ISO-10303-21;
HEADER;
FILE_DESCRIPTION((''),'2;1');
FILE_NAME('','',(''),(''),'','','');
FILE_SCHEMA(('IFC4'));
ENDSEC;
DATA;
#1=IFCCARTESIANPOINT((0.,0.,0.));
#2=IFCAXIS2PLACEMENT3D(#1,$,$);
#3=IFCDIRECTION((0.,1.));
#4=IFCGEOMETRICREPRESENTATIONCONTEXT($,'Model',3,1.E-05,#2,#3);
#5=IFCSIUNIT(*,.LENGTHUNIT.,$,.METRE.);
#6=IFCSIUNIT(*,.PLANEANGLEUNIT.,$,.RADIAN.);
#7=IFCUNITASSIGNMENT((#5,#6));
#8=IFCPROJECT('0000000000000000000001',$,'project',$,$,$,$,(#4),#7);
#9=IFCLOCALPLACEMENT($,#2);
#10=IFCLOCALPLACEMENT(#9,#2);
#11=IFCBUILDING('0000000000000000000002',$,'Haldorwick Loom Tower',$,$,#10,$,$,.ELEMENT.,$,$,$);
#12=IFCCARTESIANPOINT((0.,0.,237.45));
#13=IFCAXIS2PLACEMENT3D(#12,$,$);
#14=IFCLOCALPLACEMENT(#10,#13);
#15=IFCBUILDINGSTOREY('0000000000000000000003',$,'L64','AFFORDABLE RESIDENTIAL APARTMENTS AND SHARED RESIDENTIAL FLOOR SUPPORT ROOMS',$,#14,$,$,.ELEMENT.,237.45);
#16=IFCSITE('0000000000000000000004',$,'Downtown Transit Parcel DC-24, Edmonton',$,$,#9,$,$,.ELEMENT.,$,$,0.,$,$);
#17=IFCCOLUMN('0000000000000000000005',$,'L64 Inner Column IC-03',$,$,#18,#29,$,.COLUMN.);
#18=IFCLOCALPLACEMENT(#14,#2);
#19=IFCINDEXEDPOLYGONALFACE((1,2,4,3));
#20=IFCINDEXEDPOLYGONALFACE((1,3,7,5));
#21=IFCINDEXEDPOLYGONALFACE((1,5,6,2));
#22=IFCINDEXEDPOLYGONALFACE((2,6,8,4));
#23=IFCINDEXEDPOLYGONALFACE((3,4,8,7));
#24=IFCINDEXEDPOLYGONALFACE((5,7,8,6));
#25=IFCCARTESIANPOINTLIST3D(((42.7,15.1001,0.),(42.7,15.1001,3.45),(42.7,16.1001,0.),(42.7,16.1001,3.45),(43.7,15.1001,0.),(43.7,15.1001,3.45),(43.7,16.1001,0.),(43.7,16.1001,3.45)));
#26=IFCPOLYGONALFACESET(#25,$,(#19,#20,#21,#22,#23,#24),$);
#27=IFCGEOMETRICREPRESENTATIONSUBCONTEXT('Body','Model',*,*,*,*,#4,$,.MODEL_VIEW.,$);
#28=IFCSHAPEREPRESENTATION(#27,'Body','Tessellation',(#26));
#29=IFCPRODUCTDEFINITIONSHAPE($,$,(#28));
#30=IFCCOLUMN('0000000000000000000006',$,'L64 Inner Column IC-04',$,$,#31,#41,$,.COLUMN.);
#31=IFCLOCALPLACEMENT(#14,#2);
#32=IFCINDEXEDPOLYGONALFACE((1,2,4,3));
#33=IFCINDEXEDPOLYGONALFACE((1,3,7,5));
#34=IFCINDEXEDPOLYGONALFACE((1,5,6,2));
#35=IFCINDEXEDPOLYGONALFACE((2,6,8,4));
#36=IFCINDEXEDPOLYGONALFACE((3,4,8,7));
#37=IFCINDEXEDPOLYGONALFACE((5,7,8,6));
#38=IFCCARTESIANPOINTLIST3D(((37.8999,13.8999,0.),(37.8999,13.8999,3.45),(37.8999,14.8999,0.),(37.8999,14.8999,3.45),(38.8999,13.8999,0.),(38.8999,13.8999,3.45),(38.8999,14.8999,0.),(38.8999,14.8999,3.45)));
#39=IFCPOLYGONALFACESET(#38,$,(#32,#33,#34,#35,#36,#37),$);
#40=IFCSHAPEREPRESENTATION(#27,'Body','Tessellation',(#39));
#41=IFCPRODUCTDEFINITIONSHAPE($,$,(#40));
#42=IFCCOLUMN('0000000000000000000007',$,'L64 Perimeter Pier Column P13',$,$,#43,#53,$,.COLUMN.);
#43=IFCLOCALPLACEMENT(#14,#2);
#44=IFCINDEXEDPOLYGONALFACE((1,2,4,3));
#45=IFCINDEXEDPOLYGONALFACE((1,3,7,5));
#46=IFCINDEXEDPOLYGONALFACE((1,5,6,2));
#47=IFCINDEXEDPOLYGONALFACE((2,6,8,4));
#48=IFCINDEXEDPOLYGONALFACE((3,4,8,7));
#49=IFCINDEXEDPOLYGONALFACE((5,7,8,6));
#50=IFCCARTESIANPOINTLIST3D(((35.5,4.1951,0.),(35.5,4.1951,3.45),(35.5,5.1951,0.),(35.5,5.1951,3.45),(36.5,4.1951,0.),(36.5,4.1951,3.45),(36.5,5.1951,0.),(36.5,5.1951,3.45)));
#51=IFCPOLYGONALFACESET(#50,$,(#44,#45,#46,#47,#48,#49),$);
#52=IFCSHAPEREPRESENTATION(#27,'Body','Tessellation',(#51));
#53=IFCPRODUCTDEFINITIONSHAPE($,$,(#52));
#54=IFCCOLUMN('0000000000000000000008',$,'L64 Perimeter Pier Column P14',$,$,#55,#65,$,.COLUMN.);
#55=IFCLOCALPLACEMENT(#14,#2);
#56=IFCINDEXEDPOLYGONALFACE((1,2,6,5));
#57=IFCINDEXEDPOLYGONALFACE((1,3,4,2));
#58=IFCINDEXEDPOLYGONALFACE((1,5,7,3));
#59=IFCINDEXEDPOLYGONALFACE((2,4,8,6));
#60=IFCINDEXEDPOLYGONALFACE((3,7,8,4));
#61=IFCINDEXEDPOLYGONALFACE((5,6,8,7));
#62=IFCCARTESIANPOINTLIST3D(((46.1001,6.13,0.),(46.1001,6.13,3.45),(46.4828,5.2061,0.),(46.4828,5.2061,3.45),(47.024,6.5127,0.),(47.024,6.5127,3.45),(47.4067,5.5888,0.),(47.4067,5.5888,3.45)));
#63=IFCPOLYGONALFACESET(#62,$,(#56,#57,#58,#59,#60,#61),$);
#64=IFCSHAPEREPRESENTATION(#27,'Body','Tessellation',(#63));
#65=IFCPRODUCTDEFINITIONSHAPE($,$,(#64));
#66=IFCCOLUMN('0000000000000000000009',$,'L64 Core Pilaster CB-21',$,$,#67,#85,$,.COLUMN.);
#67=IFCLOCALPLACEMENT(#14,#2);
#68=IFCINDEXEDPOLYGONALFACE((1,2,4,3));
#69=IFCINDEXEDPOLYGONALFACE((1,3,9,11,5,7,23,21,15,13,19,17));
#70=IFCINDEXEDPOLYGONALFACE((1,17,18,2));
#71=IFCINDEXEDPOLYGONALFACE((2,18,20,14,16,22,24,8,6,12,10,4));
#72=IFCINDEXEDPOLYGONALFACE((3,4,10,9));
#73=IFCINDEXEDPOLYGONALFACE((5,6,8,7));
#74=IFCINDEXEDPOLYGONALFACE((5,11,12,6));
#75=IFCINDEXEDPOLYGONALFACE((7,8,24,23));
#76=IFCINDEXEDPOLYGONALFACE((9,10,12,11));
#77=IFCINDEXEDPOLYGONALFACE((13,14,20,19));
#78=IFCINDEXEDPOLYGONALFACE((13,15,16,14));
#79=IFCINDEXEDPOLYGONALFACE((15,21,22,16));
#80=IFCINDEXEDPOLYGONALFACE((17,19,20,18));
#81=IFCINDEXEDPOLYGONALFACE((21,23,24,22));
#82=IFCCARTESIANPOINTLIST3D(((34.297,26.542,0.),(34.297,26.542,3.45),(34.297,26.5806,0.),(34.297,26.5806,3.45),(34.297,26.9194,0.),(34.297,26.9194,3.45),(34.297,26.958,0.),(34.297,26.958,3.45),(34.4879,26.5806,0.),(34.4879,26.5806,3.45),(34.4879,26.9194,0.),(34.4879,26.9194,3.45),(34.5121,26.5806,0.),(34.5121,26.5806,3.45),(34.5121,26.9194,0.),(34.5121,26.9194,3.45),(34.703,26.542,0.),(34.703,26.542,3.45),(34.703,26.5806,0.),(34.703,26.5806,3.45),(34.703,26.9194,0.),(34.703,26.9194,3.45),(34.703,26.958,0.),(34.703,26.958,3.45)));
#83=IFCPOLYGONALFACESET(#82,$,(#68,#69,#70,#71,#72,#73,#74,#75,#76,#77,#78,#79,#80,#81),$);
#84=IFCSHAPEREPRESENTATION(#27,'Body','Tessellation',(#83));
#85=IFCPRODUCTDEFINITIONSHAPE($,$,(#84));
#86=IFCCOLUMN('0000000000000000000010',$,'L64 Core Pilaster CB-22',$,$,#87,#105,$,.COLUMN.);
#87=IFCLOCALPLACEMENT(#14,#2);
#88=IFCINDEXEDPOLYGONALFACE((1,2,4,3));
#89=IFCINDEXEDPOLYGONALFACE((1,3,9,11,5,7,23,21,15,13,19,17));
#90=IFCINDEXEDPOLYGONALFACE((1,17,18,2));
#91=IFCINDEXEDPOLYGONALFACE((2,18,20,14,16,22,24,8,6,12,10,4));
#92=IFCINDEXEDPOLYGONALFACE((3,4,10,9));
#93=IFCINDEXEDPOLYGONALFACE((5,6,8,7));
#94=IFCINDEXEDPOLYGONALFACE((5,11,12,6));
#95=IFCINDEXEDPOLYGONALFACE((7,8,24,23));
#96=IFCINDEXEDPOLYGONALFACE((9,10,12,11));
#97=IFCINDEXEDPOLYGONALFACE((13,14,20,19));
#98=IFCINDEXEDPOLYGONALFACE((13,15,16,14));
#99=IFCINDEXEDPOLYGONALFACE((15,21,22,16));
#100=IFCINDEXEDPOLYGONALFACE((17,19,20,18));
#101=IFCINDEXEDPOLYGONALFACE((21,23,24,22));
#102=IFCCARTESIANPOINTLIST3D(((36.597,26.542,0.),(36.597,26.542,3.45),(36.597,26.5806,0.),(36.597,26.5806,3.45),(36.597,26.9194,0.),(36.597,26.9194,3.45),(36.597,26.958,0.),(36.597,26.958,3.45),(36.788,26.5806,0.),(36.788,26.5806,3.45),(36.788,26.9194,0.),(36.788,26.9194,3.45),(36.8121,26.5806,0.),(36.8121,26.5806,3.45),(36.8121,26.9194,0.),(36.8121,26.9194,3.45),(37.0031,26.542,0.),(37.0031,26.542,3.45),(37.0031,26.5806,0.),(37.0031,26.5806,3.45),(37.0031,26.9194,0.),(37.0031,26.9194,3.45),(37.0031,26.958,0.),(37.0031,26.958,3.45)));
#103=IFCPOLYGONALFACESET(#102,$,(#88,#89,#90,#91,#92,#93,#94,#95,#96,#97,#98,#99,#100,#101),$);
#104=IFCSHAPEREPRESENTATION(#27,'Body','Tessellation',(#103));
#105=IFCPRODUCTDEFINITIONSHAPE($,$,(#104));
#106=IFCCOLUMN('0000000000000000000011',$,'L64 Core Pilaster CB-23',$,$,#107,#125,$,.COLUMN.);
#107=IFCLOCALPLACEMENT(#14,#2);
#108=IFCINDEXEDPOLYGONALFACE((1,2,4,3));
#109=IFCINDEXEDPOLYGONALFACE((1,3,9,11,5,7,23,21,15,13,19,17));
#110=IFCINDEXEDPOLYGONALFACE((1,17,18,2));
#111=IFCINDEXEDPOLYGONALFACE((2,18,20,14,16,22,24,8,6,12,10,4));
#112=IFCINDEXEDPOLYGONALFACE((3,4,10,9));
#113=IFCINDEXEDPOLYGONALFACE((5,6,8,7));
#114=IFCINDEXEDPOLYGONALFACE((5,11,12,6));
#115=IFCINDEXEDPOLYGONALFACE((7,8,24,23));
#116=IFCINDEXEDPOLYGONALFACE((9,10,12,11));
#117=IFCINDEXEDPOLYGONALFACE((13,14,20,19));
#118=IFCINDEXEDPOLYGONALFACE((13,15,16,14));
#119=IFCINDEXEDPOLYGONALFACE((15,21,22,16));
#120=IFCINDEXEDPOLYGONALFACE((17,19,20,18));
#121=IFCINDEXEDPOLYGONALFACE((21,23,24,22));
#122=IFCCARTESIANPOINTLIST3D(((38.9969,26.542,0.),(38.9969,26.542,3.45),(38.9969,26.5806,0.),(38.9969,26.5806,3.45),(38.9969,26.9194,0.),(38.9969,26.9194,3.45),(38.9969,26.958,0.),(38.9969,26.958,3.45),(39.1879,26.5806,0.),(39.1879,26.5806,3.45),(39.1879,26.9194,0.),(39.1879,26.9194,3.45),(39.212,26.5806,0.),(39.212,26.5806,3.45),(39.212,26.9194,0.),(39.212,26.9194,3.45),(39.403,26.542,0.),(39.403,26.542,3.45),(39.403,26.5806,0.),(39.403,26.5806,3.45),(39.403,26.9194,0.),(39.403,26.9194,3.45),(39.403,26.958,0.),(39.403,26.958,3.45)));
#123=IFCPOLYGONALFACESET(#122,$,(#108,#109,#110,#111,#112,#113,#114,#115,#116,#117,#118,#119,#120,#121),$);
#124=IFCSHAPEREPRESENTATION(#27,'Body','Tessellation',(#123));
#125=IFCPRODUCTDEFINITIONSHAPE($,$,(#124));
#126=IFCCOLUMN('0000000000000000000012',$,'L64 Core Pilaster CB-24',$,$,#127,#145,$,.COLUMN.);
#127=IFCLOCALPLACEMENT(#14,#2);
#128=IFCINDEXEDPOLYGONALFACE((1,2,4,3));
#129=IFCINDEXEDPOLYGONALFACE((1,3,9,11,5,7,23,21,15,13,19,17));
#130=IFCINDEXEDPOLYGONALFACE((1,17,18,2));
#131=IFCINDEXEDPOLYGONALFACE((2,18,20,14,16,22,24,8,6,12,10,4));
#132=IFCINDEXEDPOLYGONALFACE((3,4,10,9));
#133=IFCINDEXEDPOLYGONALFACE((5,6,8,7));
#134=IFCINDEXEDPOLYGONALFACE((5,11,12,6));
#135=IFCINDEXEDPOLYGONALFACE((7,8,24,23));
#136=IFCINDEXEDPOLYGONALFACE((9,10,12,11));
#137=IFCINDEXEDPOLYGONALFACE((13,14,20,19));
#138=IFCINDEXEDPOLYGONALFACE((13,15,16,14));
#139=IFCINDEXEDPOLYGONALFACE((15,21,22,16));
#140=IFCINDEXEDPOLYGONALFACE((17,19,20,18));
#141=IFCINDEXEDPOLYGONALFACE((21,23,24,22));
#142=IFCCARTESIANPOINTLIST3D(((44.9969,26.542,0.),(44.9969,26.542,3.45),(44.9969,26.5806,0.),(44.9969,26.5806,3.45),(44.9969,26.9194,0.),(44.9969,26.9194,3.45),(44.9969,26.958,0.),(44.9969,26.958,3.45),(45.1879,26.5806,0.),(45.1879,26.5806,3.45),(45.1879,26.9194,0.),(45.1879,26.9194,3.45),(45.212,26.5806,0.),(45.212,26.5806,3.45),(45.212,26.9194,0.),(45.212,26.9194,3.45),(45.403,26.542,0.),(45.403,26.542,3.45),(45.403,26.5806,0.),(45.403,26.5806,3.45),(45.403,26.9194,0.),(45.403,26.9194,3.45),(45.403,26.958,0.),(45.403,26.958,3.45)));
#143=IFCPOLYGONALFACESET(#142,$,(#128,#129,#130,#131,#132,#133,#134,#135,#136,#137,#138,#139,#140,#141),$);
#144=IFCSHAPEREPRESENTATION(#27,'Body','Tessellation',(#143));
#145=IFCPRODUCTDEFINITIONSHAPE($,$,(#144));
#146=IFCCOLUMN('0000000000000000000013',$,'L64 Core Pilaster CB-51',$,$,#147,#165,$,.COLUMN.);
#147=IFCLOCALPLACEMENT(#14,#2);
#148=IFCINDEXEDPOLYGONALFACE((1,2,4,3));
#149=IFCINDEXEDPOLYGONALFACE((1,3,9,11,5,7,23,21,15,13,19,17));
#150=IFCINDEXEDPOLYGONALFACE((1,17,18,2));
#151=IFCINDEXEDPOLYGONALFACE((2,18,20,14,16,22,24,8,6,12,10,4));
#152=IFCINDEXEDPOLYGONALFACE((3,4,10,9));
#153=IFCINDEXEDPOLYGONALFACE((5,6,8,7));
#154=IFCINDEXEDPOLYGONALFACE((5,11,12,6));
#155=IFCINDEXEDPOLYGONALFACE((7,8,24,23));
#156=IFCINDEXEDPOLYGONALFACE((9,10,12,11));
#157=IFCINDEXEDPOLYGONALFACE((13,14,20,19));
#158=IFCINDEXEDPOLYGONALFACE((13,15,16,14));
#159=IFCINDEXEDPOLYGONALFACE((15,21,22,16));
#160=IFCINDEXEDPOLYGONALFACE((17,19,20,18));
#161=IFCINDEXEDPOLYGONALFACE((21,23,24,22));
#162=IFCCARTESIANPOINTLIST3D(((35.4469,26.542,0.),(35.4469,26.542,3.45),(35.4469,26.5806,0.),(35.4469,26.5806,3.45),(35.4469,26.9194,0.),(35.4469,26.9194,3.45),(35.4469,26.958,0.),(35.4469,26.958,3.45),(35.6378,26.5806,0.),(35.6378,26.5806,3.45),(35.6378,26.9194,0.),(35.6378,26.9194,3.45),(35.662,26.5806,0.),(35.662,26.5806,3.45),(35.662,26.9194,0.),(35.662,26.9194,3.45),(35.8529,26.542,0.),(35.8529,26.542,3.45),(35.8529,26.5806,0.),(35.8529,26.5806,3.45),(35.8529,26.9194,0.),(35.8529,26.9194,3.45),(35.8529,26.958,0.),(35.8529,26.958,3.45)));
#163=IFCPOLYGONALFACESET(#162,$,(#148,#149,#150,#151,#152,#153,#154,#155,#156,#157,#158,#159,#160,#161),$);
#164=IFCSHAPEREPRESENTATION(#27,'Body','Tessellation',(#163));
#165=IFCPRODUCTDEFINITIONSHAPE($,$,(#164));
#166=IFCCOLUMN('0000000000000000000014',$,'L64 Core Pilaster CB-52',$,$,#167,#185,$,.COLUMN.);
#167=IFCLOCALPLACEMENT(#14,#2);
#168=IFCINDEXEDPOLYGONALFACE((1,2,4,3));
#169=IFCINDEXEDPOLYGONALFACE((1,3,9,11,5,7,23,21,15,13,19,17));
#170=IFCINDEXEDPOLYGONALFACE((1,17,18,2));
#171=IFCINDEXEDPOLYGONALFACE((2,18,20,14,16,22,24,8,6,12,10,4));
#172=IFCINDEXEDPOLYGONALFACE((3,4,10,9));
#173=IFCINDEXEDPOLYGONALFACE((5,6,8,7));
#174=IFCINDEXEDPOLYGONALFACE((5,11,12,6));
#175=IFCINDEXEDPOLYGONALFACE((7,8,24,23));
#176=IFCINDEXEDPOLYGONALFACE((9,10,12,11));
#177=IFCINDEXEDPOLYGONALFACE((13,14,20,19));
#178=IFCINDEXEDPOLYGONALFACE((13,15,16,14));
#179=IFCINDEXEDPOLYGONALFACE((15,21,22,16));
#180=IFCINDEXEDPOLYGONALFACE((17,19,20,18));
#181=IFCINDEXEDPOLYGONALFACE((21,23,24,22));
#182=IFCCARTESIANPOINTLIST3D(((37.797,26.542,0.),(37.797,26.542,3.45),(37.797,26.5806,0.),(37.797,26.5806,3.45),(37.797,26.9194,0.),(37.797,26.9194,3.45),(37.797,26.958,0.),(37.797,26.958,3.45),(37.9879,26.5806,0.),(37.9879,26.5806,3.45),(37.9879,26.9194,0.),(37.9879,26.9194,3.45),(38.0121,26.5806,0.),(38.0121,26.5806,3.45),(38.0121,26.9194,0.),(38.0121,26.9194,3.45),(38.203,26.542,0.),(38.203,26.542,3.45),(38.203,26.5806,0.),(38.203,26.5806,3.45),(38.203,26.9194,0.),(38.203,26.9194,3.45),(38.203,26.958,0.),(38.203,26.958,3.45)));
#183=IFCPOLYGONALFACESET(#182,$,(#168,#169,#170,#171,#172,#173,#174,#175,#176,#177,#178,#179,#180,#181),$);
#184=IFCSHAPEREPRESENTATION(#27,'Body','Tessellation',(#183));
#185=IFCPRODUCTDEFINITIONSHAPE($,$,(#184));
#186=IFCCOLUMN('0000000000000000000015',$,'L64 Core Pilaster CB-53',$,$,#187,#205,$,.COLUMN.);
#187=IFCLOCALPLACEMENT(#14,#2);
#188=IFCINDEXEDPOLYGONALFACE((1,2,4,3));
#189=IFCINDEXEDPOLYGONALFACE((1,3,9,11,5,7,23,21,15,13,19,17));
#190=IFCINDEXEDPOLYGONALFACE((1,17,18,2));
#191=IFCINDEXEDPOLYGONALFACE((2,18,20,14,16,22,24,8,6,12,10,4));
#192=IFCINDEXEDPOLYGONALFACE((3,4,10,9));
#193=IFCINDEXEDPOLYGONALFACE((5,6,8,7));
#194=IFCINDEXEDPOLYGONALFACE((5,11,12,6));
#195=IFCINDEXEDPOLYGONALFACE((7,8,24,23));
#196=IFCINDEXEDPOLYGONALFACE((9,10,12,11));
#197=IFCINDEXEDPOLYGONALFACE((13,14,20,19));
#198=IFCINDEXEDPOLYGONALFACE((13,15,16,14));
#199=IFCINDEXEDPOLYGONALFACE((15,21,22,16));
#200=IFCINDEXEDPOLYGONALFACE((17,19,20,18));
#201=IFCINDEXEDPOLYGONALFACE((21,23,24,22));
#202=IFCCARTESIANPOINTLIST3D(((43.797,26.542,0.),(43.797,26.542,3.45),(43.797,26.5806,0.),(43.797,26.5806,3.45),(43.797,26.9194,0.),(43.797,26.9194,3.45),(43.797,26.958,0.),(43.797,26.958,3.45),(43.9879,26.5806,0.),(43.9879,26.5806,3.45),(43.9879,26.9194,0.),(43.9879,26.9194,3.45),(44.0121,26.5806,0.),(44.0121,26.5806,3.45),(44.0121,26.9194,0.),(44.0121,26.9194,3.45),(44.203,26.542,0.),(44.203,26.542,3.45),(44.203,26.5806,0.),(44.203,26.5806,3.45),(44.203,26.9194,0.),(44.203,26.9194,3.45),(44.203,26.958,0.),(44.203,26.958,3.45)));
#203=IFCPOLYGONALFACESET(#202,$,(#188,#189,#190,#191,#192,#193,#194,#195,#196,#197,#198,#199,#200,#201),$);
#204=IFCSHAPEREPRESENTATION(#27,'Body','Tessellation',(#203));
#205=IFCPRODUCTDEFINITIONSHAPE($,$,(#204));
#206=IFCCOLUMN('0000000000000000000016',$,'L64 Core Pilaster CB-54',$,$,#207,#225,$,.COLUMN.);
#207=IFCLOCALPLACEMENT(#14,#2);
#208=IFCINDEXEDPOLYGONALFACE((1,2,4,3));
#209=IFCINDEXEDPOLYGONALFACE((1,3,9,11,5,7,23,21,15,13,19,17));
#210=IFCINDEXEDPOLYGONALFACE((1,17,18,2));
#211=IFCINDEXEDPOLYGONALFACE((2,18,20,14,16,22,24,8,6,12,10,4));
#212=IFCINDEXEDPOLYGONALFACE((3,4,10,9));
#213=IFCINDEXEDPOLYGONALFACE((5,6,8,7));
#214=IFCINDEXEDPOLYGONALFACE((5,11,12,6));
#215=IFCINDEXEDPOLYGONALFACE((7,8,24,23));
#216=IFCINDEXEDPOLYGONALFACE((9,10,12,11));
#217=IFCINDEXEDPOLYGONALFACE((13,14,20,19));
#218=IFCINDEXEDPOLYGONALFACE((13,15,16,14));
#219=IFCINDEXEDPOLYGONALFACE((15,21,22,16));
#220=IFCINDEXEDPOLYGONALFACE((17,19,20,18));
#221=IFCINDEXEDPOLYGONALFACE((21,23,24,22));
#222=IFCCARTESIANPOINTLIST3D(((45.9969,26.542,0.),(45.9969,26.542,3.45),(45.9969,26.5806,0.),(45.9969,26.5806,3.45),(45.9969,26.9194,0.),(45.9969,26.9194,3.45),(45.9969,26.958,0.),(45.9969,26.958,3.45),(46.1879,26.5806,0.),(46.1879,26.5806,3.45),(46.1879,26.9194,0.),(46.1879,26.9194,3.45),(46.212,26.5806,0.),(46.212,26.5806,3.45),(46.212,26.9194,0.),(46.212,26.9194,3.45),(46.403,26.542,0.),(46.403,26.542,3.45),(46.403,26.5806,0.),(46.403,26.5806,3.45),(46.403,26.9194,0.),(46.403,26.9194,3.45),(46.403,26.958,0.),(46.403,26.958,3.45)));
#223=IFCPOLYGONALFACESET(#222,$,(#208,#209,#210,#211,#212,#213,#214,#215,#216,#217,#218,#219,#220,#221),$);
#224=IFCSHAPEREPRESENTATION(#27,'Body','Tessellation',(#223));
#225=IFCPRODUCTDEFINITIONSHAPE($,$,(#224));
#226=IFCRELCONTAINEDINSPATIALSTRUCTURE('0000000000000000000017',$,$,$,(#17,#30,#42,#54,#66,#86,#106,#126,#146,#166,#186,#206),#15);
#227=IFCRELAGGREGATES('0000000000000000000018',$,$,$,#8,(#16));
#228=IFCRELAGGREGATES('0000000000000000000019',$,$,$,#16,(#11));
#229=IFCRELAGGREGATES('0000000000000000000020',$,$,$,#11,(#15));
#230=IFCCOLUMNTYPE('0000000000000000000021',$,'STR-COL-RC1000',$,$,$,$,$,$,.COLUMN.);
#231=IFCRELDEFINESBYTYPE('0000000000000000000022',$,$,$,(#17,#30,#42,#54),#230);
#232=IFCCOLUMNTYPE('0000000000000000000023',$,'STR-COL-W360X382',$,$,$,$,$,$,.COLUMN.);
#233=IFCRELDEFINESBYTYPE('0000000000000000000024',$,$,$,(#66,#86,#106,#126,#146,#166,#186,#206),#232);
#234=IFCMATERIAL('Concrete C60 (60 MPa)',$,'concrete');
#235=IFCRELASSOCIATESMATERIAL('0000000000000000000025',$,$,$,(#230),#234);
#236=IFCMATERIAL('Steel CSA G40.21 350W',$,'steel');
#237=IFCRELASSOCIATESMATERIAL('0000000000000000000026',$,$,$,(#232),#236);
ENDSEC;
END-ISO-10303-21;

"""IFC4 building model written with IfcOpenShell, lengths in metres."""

from ifc_helpers import new_model, si_unit, direction, frame, origin, origin_2d, place, context, subcontext, project, spatial, rectangle, i_section, extrude, material, material_profile, profile_set, type_object, element, save


model = new_model("IFC4")

# Units and contexts
model_context = context("Model", 3, precision=1e-05, world=origin(), true_north=direction((0.0, 1.0)))
body_context = subcontext(model_context, "Body", "Model", "MODEL_VIEW")
ifc_project = project(units=[si_unit("LENGTHUNIT", "METRE"), si_unit("PLANEANGLEUNIT", "RADIAN")], contexts=[model_context])

# Site, building, storey
site_placement = place(None, origin())
site = spatial("IfcSite", under=ifc_project, at=site_placement, Name="Downtown Transit Parcel DC-24, Edmonton", CompositionType="ELEMENT", RefElevation=0.0)
building_placement = place(site_placement, origin())
building = spatial("IfcBuilding", under=site, at=building_placement, Name="Haldorwick Loom Tower", CompositionType="ELEMENT")
storey_placement = place(building_placement, frame((0.0, 0.0, 237.45)))
storey = spatial("IfcBuildingStorey", under=building, at=storey_placement, Name="L64", Description="AFFORDABLE RESIDENTIAL APARTMENTS AND SHARED RESIDENTIAL FLOOR SUPPORT ROOMS", CompositionType="ELEMENT", Elevation=237.45)

# Columns
ifc_material_1 = material(Name="Concrete C60 (60 MPa)", Category="concrete")
ifc_material_profile_1 = material_profile(ifc_material_1, rectangle(XDim=1.0, YDim=1.0, at=origin_2d()), Name="RC1000X1000", Category="concrete")
ifc_profile_set_1 = profile_set([ifc_material_profile_1], Name="Concrete C60 (60 MPa)")
column_type_1 = type_object("IfcColumnType", Name="STR-COL-RC1000", PredefinedType="COLUMN", material=ifc_profile_set_1)
for number, where, z_axis, x_axis, name in (
    (1, (43.2, 15.6001, 0.0), (0.0, 0.0, 1.0), (1.0, 0.0, 0.0), "L64 Inner Column IC-03"),
    (2, (38.3999, 14.3999, 0.0), (0.0, 0.0, 1.0), (1.0, 0.0, 0.0), "L64 Inner Column IC-04"),
    (3, (36.0, 4.6951, 0.0), (0.0, 0.0, 1.0), (0.0, -1.0, 0.0), "L64 Perimeter Pier Column P13"),
    (4, (46.7534, 5.8594, 0.0), (0.0, 0.0, 1.0), (0.382683, -0.92388, 0.0), "L64 Perimeter Pier Column P14"),
):
    element("IfcColumn", number, at=place(storey_placement, frame(where, z_axis=z_axis, x_axis=x_axis)), inside=storey, type_object=column_type_1, Name=name, PredefinedType="COLUMN", context=body_context, shape_type="SweptSolid", body=[
        extrude(rectangle(XDim=1.0, YDim=1.0, at=origin_2d()), origin(), (0.0, 0.0, 1.0), 3.45),
    ])
ifc_material_2 = material(Name="Steel CSA G40.21 350W", Category="steel")
ifc_material_profile_2 = material_profile(ifc_material_2, i_section(OverallWidth=0.406, OverallDepth=0.416, WebThickness=0.0242, FlangeThickness=0.0386, at=origin_2d()), Name="W360X382", Category="steel")
ifc_profile_set_2 = profile_set([ifc_material_profile_2], Name="Steel CSA G40.21 350W")
column_type_2 = type_object("IfcColumnType", Name="STR-COL-W360X382", PredefinedType="COLUMN", material=ifc_profile_set_2)
for number, where, z_axis, x_axis, name in (
    (5, (34.5, 26.75, 0.0), (0.0, 0.0, 1.0), (1.0, 0.0, 0.0), "L64 Core Pilaster CB-21"),
    (6, (36.8, 26.75, 0.0), (0.0, 0.0, 1.0), (1.0, 0.0, 0.0), "L64 Core Pilaster CB-22"),
    (7, (39.2, 26.75, 0.0), (0.0, 0.0, 1.0), (1.0, 0.0, 0.0), "L64 Core Pilaster CB-23"),
    (8, (45.2, 26.75, 0.0), (0.0, 0.0, 1.0), (1.0, 0.0, 0.0), "L64 Core Pilaster CB-24"),
    (9, (35.6499, 26.75, 0.0), (0.0, 0.0, 1.0), (1.0, 0.0, 0.0), "L64 Core Pilaster CB-51"),
    (10, (38.0, 26.75, 0.0), (0.0, 0.0, 1.0), (1.0, 0.0, 0.0), "L64 Core Pilaster CB-52"),
    (11, (44.0, 26.75, 0.0), (0.0, 0.0, 1.0), (1.0, 0.0, 0.0), "L64 Core Pilaster CB-53"),
    (12, (46.2, 26.75, 0.0), (0.0, 0.0, 1.0), (1.0, 0.0, 0.0), "L64 Core Pilaster CB-54"),
):
    element("IfcColumn", number, at=place(storey_placement, frame(where, z_axis=z_axis, x_axis=x_axis)), inside=storey, type_object=column_type_2, Name=name, PredefinedType="COLUMN", context=body_context, shape_type="SweptSolid", body=[
        extrude(i_section(OverallWidth=0.406, OverallDepth=0.416, WebThickness=0.0242, FlangeThickness=0.0386, at=origin_2d()), origin(), (0.0, 0.0, 1.0), 3.45),
    ])

save(model, "model.ifc")
